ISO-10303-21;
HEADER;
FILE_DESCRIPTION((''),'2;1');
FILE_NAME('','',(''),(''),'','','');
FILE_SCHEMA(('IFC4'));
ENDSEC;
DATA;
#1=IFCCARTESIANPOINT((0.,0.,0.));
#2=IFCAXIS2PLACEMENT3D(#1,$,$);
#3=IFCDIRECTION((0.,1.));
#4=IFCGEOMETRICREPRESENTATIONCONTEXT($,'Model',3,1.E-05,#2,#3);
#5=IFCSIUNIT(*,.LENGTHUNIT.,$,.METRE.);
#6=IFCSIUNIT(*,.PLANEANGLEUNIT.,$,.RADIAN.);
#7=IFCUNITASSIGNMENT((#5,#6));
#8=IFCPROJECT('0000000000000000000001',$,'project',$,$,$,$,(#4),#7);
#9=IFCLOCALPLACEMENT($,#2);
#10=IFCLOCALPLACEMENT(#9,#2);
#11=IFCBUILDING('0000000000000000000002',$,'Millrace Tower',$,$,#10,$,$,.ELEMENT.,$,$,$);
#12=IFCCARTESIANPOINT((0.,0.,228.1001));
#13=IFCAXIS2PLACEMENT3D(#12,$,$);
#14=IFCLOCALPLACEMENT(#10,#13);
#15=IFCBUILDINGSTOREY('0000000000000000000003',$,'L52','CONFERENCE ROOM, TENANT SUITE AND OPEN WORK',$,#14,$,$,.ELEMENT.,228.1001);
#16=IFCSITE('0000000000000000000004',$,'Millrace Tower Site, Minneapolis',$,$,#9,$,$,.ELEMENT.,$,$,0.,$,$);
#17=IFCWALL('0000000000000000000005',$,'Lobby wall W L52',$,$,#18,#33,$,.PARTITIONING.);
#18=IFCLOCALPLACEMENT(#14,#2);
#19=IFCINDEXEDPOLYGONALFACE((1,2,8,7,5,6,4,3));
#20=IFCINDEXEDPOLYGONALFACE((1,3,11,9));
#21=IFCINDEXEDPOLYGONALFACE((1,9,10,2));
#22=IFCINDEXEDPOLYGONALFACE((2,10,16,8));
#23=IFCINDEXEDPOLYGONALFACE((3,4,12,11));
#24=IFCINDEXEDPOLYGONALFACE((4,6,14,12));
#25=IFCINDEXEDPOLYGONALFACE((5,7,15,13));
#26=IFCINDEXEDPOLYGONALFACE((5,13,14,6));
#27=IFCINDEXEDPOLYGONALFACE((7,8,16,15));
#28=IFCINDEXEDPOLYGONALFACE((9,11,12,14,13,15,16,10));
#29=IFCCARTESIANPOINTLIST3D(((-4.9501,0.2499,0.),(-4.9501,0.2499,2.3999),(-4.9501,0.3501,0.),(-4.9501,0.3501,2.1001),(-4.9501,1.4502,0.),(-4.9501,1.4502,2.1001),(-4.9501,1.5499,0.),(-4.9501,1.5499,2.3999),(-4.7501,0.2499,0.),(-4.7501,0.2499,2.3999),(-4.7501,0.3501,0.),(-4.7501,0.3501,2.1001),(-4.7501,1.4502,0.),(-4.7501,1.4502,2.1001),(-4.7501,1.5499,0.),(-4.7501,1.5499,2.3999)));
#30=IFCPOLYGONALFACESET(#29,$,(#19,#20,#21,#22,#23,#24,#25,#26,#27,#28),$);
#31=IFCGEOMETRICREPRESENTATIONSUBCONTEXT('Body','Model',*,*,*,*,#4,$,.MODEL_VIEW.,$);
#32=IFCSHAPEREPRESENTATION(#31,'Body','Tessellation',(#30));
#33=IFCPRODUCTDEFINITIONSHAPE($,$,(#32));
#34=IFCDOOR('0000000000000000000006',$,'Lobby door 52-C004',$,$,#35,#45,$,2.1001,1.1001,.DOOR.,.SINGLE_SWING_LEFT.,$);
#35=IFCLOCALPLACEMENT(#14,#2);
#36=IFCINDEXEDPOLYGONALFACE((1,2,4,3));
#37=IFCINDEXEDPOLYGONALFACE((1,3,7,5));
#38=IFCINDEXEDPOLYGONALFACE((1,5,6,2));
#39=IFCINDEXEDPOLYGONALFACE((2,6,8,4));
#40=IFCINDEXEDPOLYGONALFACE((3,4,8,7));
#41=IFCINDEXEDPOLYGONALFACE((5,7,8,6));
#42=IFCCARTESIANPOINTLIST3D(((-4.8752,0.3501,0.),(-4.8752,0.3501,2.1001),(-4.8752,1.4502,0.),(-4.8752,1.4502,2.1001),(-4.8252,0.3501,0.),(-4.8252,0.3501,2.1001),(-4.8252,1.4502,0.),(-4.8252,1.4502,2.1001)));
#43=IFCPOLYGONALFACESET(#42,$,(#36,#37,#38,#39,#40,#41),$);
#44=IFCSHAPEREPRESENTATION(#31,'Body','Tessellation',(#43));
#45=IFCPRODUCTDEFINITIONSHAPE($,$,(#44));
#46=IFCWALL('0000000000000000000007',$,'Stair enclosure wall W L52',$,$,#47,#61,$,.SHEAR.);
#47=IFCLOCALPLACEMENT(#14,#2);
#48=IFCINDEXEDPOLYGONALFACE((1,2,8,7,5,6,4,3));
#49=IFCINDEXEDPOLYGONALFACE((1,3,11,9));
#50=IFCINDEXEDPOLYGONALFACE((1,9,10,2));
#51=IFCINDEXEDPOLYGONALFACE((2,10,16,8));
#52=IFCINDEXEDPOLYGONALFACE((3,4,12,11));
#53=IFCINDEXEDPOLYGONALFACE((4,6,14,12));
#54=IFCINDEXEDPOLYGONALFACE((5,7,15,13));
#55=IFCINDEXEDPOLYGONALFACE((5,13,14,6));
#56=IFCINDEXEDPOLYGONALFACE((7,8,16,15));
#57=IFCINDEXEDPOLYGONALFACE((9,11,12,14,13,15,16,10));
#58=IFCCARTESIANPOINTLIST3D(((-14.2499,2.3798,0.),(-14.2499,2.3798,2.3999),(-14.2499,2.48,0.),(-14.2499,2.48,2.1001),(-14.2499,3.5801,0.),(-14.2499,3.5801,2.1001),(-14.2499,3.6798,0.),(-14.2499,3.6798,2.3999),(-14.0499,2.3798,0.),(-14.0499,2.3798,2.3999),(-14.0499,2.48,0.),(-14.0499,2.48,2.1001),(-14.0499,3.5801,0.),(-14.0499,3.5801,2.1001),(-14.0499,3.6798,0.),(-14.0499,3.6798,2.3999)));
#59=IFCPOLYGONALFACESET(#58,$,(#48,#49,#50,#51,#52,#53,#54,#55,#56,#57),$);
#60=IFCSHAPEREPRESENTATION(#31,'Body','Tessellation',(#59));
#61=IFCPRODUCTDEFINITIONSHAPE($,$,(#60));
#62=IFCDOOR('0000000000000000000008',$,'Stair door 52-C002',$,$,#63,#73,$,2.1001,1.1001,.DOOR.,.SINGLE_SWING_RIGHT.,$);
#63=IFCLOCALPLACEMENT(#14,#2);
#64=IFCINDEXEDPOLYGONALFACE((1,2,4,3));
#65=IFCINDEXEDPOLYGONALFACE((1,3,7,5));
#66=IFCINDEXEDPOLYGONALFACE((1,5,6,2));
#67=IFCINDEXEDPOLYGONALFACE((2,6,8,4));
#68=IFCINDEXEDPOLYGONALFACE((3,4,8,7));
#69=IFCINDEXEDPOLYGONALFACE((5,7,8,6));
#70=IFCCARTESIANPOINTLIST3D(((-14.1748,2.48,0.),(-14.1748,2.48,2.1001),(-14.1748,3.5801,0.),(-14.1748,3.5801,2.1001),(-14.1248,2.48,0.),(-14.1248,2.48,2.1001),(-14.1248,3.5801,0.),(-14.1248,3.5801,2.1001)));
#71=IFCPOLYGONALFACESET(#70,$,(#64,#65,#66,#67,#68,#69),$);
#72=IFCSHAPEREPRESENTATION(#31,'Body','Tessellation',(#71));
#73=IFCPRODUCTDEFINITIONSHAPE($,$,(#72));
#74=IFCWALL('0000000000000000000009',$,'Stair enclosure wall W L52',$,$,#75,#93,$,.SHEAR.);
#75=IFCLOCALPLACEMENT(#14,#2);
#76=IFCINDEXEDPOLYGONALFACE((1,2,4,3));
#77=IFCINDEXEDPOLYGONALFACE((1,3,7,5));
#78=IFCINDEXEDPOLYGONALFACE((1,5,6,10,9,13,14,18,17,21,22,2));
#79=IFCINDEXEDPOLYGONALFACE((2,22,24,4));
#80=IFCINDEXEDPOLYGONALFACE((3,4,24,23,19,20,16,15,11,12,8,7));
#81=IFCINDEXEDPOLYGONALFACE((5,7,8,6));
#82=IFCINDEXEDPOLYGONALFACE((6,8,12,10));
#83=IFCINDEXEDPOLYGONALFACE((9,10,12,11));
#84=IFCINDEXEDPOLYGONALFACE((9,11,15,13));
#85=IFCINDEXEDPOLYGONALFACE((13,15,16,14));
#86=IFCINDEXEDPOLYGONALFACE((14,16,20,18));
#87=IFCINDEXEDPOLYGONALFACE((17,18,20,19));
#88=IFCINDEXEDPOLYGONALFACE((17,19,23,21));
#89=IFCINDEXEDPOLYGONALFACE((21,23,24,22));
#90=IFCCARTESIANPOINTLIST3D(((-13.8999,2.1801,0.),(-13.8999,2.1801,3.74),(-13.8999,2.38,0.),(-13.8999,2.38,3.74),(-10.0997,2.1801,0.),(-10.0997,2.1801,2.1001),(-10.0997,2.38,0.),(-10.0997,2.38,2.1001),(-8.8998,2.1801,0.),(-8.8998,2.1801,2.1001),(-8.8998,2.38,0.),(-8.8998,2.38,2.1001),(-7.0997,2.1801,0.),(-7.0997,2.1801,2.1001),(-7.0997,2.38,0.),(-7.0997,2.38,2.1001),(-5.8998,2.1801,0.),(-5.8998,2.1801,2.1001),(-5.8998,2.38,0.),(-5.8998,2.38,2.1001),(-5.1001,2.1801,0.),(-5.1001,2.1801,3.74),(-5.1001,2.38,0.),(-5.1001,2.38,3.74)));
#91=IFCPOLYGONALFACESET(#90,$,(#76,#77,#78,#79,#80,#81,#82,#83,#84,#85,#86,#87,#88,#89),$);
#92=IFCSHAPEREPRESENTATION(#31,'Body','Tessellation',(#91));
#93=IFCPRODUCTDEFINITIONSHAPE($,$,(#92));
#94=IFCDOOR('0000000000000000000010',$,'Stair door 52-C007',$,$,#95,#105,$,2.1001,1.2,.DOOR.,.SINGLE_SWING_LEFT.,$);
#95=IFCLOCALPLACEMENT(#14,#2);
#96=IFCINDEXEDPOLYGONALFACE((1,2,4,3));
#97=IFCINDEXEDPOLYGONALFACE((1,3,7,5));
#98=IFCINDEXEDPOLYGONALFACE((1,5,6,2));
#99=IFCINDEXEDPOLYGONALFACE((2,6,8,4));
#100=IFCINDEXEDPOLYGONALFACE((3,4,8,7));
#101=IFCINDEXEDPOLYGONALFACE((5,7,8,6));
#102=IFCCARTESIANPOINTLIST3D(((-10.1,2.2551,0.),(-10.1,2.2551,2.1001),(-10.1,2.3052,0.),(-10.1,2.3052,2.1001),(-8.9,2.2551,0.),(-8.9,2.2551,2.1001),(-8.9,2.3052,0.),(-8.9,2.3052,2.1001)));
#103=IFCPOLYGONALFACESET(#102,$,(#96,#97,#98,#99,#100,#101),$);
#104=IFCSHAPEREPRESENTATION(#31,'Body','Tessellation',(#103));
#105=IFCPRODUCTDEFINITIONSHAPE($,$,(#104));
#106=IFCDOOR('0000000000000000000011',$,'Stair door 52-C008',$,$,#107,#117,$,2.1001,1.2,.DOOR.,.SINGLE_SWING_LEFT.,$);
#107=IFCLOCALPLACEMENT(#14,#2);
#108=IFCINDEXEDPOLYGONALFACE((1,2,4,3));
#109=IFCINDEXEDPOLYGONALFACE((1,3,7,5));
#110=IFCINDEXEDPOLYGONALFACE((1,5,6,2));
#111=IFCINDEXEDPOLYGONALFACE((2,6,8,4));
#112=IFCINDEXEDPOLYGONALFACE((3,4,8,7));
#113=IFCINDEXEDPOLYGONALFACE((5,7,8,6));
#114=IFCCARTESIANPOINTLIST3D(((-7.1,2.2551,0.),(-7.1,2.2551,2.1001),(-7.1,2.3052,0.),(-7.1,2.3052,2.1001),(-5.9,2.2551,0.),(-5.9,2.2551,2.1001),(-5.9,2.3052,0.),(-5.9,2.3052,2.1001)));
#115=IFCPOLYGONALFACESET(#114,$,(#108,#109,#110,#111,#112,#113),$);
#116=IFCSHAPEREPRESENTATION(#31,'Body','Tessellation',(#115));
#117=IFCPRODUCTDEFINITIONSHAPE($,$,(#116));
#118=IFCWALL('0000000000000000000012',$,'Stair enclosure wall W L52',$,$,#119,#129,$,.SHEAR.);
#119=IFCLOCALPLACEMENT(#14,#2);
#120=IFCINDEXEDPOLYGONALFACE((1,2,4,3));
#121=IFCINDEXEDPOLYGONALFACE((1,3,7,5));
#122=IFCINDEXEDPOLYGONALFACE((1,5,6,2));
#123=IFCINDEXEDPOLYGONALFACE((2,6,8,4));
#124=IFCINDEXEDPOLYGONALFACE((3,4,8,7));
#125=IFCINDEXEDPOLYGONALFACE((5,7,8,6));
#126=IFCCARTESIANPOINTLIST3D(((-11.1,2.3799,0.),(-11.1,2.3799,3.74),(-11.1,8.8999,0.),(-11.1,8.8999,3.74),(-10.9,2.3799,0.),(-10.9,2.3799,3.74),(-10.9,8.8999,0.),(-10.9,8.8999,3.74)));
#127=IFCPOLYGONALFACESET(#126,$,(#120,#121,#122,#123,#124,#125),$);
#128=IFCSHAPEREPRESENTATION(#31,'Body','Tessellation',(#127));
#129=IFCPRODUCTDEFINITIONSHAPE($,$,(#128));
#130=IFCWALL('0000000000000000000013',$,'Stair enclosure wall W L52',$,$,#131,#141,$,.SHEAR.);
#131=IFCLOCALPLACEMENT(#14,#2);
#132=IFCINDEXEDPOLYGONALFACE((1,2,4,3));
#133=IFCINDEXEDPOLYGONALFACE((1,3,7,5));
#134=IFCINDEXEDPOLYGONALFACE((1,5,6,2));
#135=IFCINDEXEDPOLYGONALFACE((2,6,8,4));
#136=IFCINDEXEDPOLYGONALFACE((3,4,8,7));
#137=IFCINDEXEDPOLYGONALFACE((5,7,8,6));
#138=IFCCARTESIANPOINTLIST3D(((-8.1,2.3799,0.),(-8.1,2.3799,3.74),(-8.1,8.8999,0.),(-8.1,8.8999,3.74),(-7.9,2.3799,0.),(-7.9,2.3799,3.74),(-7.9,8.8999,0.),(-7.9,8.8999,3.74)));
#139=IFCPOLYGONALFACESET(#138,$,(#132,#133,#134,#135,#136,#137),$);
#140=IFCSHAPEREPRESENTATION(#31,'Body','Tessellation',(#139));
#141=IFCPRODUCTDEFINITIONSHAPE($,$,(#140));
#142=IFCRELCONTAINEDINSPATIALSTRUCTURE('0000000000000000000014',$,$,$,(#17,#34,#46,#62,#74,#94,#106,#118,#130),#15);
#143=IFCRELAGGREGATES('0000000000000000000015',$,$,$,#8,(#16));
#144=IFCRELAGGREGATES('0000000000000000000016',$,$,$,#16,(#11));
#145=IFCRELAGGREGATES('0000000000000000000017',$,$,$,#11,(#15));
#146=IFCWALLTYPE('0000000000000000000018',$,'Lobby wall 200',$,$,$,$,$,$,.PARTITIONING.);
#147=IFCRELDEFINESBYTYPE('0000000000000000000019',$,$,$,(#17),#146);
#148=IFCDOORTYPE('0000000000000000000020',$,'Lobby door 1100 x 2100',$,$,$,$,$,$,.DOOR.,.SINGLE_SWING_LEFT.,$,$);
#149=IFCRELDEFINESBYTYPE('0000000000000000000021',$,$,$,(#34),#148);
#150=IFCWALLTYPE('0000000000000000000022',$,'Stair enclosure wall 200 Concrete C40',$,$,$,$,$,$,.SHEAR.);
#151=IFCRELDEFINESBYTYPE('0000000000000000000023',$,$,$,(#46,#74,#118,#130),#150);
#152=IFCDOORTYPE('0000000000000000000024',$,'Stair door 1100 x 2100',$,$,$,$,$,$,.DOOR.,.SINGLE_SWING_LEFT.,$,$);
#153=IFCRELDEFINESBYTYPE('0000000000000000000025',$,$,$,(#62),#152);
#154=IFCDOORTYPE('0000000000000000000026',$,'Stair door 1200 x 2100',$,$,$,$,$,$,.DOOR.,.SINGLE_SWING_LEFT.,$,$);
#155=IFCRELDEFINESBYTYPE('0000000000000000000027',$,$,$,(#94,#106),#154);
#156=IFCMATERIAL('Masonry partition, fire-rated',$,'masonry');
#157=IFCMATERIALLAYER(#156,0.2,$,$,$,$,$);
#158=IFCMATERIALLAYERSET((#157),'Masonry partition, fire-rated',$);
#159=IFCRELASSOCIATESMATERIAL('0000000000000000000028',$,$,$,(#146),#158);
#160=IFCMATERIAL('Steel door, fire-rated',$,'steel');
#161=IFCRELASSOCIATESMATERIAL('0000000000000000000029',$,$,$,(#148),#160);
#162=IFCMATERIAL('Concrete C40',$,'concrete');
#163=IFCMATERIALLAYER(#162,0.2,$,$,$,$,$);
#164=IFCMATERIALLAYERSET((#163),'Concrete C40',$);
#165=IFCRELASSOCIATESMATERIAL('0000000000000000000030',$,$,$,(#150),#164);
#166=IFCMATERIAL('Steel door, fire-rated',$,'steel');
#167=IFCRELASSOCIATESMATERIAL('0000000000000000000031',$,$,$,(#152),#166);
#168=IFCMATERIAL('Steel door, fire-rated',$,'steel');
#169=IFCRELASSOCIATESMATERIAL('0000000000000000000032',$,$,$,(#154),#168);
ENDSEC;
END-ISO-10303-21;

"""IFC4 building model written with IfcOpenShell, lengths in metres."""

from ifc_helpers import new_model, si_unit, direction, frame, frame_2d, origin, place, context, subcontext, project, spatial, rectangle, extrude, material, layer, layer_set, type_object, element, fill, save


model = new_model("IFC4")

# Units and contexts
model_context = context("Model", 3, precision=1e-05, world=origin(), true_north=direction((0.0, 1.0)))
body_context = subcontext(model_context, "Body", "Model", "MODEL_VIEW")
ifc_project = project(units=[si_unit("LENGTHUNIT", "METRE"), si_unit("PLANEANGLEUNIT", "RADIAN")], contexts=[model_context])

# Site, building, storey
site_placement = place(None, origin())
site = spatial("IfcSite", under=ifc_project, at=site_placement, Name="Millrace Tower Site, Minneapolis", CompositionType="ELEMENT", RefElevation=0.0)
building_placement = place(site_placement, origin())
building = spatial("IfcBuilding", under=site, at=building_placement, Name="Millrace Tower", CompositionType="ELEMENT")
storey_placement = place(building_placement, frame((0.0, 0.0, 228.1001)))
storey = spatial("IfcBuildingStorey", under=building, at=storey_placement, Name="L52", Description="CONFERENCE ROOM, TENANT SUITE AND OPEN WORK", CompositionType="ELEMENT", Elevation=228.1001)

# Walls, openings, doors
ifc_material_1 = material(Name="Masonry partition, fire-rated", Category="masonry")
ifc_layer_1 = layer(ifc_material_1, 0.2)
ifc_layer_set_1 = layer_set([ifc_layer_1], Name="Masonry partition, fire-rated")
wall_type_1 = type_object("IfcWallType", Name="Lobby wall 200", PredefinedType="PARTITIONING", material=ifc_layer_set_1)
wall_1_placement = place(storey_placement, frame((-4.8501, 0.25, 0.0), z_axis=(0.0, 0.0, 1.0), x_axis=(0.0, 1.0, 0.0)))
wall_1 = element("IfcWall", 1, at=wall_1_placement, inside=storey, type_object=wall_type_1, Name="Lobby wall W L52", PredefinedType="PARTITIONING", context=body_context, shape_type="SweptSolid", body=[
    extrude(rectangle(XDim=1.3, YDim=0.2, at=frame_2d((0.6499, 0.0))), origin(), (0.0, 0.0, 1.0), 2.3999),
])
opening_1_placement = place(wall_1_placement, frame((0.1001, 0.0, 0.0)))
opening_1 = element("IfcOpeningElement", 2, at=opening_1_placement, cuts=wall_1, PredefinedType="OPENING", context=body_context, shape_type="SweptSolid", body=[
    extrude(rectangle(XDim=1.1001, YDim=2.1001, at=frame_2d((0.55, 1.05))), frame((0.0, 0.1099, 0.0), z_axis=(0.0, -1.0, 0.0), x_axis=(1.0, 0.0, 0.0)), (0.0, 0.0, 1.0), 0.22),
])
ifc_material_2 = material(Name="Steel door, fire-rated", Category="steel")
door_type_1 = type_object("IfcDoorType", Name="Lobby door 1100 x 2100", OperationType="SINGLE_SWING_LEFT", PredefinedType="DOOR", material=ifc_material_2)
door_1_placement = place(opening_1_placement, frame((1.1001, 0.0, 0.0), z_axis=(0.0, 0.0, 1.0), x_axis=(-1.0, 0.0, 0.0)))
door_1 = element("IfcDoor", 3, at=door_1_placement, inside=storey, type_object=door_type_1, Name="Lobby door 52-C004", OperationType="SINGLE_SWING_LEFT", OverallHeight=2.1001, OverallWidth=1.1001, PredefinedType="DOOR", context=body_context, shape_type="SweptSolid", body=[
    extrude(rectangle(XDim=1.1001, YDim=2.1001, at=frame_2d((0.55, 1.05))), frame((0.0, 0.0249, 0.0), z_axis=(0.0, -1.0, 0.0), x_axis=(1.0, 0.0, 0.0)), (0.0, 0.0, 1.0), 0.05),
])
fill(opening_1, door_1)
ifc_material_3 = material(Name="Concrete C40", Category="concrete")
ifc_layer_2 = layer(ifc_material_3, 0.2)
ifc_layer_set_2 = layer_set([ifc_layer_2], Name="Concrete C40")
wall_type_2 = type_object("IfcWallType", Name="Stair enclosure wall 200 Concrete C40", PredefinedType="SHEAR", material=ifc_layer_set_2)
wall_2_placement = place(storey_placement, frame((-14.1499, 2.3799, 0.0), z_axis=(0.0, 0.0, 1.0), x_axis=(0.0, 1.0, 0.0)))
wall_2 = element("IfcWall", 4, at=wall_2_placement, inside=storey, type_object=wall_type_2, Name="Stair enclosure wall W L52", PredefinedType="SHEAR", context=body_context, shape_type="SweptSolid", body=[
    extrude(rectangle(XDim=1.3, YDim=0.2, at=frame_2d((0.6499, 0.0))), origin(), (0.0, 0.0, 1.0), 2.3999),
])
opening_2_placement = place(wall_2_placement, frame((0.1001, 0.0, 0.0)))
opening_2 = element("IfcOpeningElement", 5, at=opening_2_placement, cuts=wall_2, PredefinedType="OPENING", context=body_context, shape_type="SweptSolid", body=[
    extrude(rectangle(XDim=1.1001, YDim=2.1001, at=frame_2d((0.55, 1.05))), frame((0.0, 0.1099, 0.0), z_axis=(0.0, -1.0, 0.0), x_axis=(1.0, 0.0, 0.0)), (0.0, 0.0, 1.0), 0.22),
])
ifc_material_4 = material(Name="Steel door, fire-rated", Category="steel")
door_type_2 = type_object("IfcDoorType", Name="Stair door 1100 x 2100", OperationType="SINGLE_SWING_LEFT", PredefinedType="DOOR", material=ifc_material_4)
door_2_placement = place(opening_2_placement, origin())
door_2 = element("IfcDoor", 6, at=door_2_placement, inside=storey, type_object=door_type_2, Name="Stair door 52-C002", OperationType="SINGLE_SWING_RIGHT", OverallHeight=2.1001, OverallWidth=1.1001, PredefinedType="DOOR", context=body_context, shape_type="SweptSolid", body=[
    extrude(rectangle(XDim=1.1001, YDim=2.1001, at=frame_2d((0.55, 1.05))), frame((0.0, 0.0249, 0.0), z_axis=(0.0, -1.0, 0.0), x_axis=(1.0, 0.0, 0.0)), (0.0, 0.0, 1.0), 0.05),
])
fill(opening_2, door_2)

# Wall, openings, doors
wall_3_placement = place(storey_placement, frame((-13.8999, 2.28, 0.0), z_axis=(0.0, 0.0, 1.0), x_axis=(1.0, 0.0, 0.0)))
wall_3 = element("IfcWall", 7, at=wall_3_placement, inside=storey, type_object=wall_type_2, Name="Stair enclosure wall W L52", PredefinedType="SHEAR", context=body_context, shape_type="SweptSolid", body=[
    extrude(rectangle(XDim=8.7998, YDim=0.2, at=frame_2d((4.3999, 0.0))), origin(), (0.0, 0.0, 1.0), 3.74),
])
opening_3_placement = place(wall_3_placement, frame((3.8, 0.0, 0.0)))
opening_3 = element("IfcOpeningElement", 8, at=opening_3_placement, cuts=wall_3, PredefinedType="OPENING", context=body_context, shape_type="SweptSolid", body=[
    extrude(rectangle(XDim=1.2, YDim=2.1001, at=frame_2d((0.6001, 1.05))), frame((0.0, 0.1099, 0.0), z_axis=(0.0, -1.0, 0.0), x_axis=(1.0, 0.0, 0.0)), (0.0, 0.0, 1.0), 0.22),
])
opening_4_placement = place(wall_3_placement, frame((6.8, 0.0, 0.0)))
opening_4 = element("IfcOpeningElement", 9, at=opening_4_placement, cuts=wall_3, PredefinedType="OPENING", context=body_context, shape_type="SweptSolid", body=[
    extrude(rectangle(XDim=1.2, YDim=2.1001, at=frame_2d((0.6001, 1.05))), frame((0.0, 0.1099, 0.0), z_axis=(0.0, -1.0, 0.0), x_axis=(1.0, 0.0, 0.0)), (0.0, 0.0, 1.0), 0.22),
])
ifc_material_5 = material(Name="Steel door, fire-rated", Category="steel")
door_type_3 = type_object("IfcDoorType", Name="Stair door 1200 x 2100", OperationType="SINGLE_SWING_LEFT", PredefinedType="DOOR", material=ifc_material_5)
door_3_placement = place(opening_3_placement, frame((1.2, 0.0, 0.0), z_axis=(0.0, 0.0, 1.0), x_axis=(-1.0, 0.0, 0.0)))
door_3 = element("IfcDoor", 10, at=door_3_placement, inside=storey, type_object=door_type_3, Name="Stair door 52-C007", OperationType="SINGLE_SWING_LEFT", OverallHeight=2.1001, OverallWidth=1.2, PredefinedType="DOOR", context=body_context, shape_type="SweptSolid", body=[
    extrude(rectangle(XDim=1.2, YDim=2.1001, at=frame_2d((0.6001, 1.05))), frame((0.0, 0.0249, 0.0), z_axis=(0.0, -1.0, 0.0), x_axis=(1.0, 0.0, 0.0)), (0.0, 0.0, 1.0), 0.05),
])
fill(opening_3, door_3)
door_4_placement = place(opening_4_placement, frame((1.2, 0.0, 0.0), z_axis=(0.0, 0.0, 1.0), x_axis=(-1.0, 0.0, 0.0)))
door_4 = element("IfcDoor", 11, at=door_4_placement, inside=storey, type_object=door_type_3, Name="Stair door 52-C008", OperationType="SINGLE_SWING_LEFT", OverallHeight=2.1001, OverallWidth=1.2, PredefinedType="DOOR", context=body_context, shape_type="SweptSolid", body=[
    extrude(rectangle(XDim=1.2, YDim=2.1001, at=frame_2d((0.6001, 1.05))), frame((0.0, 0.0249, 0.0), z_axis=(0.0, -1.0, 0.0), x_axis=(1.0, 0.0, 0.0)), (0.0, 0.0, 1.0), 0.05),
])
fill(opening_4, door_4)

# Walls
for number, where, z_axis, x_axis, name in (
    (12, (-11.0, 2.3799, 0.0), (0.0, 0.0, 1.0), (0.0, 1.0, 0.0), "Stair enclosure wall W L52"),
    (13, (-8.0, 2.3799, 0.0), (0.0, 0.0, 1.0), (0.0, 1.0, 0.0), "Stair enclosure wall W L52"),
):
    element("IfcWall", number, at=place(storey_placement, frame(where, z_axis=z_axis, x_axis=x_axis)), inside=storey, type_object=wall_type_2, Name=name, PredefinedType="SHEAR", context=body_context, shape_type="SweptSolid", body=[
        extrude(rectangle(XDim=6.52, YDim=0.2, at=frame_2d((3.26, 0.0))), origin(), (0.0, 0.0, 1.0), 3.74),
    ])

save(model, "model.ifc")
